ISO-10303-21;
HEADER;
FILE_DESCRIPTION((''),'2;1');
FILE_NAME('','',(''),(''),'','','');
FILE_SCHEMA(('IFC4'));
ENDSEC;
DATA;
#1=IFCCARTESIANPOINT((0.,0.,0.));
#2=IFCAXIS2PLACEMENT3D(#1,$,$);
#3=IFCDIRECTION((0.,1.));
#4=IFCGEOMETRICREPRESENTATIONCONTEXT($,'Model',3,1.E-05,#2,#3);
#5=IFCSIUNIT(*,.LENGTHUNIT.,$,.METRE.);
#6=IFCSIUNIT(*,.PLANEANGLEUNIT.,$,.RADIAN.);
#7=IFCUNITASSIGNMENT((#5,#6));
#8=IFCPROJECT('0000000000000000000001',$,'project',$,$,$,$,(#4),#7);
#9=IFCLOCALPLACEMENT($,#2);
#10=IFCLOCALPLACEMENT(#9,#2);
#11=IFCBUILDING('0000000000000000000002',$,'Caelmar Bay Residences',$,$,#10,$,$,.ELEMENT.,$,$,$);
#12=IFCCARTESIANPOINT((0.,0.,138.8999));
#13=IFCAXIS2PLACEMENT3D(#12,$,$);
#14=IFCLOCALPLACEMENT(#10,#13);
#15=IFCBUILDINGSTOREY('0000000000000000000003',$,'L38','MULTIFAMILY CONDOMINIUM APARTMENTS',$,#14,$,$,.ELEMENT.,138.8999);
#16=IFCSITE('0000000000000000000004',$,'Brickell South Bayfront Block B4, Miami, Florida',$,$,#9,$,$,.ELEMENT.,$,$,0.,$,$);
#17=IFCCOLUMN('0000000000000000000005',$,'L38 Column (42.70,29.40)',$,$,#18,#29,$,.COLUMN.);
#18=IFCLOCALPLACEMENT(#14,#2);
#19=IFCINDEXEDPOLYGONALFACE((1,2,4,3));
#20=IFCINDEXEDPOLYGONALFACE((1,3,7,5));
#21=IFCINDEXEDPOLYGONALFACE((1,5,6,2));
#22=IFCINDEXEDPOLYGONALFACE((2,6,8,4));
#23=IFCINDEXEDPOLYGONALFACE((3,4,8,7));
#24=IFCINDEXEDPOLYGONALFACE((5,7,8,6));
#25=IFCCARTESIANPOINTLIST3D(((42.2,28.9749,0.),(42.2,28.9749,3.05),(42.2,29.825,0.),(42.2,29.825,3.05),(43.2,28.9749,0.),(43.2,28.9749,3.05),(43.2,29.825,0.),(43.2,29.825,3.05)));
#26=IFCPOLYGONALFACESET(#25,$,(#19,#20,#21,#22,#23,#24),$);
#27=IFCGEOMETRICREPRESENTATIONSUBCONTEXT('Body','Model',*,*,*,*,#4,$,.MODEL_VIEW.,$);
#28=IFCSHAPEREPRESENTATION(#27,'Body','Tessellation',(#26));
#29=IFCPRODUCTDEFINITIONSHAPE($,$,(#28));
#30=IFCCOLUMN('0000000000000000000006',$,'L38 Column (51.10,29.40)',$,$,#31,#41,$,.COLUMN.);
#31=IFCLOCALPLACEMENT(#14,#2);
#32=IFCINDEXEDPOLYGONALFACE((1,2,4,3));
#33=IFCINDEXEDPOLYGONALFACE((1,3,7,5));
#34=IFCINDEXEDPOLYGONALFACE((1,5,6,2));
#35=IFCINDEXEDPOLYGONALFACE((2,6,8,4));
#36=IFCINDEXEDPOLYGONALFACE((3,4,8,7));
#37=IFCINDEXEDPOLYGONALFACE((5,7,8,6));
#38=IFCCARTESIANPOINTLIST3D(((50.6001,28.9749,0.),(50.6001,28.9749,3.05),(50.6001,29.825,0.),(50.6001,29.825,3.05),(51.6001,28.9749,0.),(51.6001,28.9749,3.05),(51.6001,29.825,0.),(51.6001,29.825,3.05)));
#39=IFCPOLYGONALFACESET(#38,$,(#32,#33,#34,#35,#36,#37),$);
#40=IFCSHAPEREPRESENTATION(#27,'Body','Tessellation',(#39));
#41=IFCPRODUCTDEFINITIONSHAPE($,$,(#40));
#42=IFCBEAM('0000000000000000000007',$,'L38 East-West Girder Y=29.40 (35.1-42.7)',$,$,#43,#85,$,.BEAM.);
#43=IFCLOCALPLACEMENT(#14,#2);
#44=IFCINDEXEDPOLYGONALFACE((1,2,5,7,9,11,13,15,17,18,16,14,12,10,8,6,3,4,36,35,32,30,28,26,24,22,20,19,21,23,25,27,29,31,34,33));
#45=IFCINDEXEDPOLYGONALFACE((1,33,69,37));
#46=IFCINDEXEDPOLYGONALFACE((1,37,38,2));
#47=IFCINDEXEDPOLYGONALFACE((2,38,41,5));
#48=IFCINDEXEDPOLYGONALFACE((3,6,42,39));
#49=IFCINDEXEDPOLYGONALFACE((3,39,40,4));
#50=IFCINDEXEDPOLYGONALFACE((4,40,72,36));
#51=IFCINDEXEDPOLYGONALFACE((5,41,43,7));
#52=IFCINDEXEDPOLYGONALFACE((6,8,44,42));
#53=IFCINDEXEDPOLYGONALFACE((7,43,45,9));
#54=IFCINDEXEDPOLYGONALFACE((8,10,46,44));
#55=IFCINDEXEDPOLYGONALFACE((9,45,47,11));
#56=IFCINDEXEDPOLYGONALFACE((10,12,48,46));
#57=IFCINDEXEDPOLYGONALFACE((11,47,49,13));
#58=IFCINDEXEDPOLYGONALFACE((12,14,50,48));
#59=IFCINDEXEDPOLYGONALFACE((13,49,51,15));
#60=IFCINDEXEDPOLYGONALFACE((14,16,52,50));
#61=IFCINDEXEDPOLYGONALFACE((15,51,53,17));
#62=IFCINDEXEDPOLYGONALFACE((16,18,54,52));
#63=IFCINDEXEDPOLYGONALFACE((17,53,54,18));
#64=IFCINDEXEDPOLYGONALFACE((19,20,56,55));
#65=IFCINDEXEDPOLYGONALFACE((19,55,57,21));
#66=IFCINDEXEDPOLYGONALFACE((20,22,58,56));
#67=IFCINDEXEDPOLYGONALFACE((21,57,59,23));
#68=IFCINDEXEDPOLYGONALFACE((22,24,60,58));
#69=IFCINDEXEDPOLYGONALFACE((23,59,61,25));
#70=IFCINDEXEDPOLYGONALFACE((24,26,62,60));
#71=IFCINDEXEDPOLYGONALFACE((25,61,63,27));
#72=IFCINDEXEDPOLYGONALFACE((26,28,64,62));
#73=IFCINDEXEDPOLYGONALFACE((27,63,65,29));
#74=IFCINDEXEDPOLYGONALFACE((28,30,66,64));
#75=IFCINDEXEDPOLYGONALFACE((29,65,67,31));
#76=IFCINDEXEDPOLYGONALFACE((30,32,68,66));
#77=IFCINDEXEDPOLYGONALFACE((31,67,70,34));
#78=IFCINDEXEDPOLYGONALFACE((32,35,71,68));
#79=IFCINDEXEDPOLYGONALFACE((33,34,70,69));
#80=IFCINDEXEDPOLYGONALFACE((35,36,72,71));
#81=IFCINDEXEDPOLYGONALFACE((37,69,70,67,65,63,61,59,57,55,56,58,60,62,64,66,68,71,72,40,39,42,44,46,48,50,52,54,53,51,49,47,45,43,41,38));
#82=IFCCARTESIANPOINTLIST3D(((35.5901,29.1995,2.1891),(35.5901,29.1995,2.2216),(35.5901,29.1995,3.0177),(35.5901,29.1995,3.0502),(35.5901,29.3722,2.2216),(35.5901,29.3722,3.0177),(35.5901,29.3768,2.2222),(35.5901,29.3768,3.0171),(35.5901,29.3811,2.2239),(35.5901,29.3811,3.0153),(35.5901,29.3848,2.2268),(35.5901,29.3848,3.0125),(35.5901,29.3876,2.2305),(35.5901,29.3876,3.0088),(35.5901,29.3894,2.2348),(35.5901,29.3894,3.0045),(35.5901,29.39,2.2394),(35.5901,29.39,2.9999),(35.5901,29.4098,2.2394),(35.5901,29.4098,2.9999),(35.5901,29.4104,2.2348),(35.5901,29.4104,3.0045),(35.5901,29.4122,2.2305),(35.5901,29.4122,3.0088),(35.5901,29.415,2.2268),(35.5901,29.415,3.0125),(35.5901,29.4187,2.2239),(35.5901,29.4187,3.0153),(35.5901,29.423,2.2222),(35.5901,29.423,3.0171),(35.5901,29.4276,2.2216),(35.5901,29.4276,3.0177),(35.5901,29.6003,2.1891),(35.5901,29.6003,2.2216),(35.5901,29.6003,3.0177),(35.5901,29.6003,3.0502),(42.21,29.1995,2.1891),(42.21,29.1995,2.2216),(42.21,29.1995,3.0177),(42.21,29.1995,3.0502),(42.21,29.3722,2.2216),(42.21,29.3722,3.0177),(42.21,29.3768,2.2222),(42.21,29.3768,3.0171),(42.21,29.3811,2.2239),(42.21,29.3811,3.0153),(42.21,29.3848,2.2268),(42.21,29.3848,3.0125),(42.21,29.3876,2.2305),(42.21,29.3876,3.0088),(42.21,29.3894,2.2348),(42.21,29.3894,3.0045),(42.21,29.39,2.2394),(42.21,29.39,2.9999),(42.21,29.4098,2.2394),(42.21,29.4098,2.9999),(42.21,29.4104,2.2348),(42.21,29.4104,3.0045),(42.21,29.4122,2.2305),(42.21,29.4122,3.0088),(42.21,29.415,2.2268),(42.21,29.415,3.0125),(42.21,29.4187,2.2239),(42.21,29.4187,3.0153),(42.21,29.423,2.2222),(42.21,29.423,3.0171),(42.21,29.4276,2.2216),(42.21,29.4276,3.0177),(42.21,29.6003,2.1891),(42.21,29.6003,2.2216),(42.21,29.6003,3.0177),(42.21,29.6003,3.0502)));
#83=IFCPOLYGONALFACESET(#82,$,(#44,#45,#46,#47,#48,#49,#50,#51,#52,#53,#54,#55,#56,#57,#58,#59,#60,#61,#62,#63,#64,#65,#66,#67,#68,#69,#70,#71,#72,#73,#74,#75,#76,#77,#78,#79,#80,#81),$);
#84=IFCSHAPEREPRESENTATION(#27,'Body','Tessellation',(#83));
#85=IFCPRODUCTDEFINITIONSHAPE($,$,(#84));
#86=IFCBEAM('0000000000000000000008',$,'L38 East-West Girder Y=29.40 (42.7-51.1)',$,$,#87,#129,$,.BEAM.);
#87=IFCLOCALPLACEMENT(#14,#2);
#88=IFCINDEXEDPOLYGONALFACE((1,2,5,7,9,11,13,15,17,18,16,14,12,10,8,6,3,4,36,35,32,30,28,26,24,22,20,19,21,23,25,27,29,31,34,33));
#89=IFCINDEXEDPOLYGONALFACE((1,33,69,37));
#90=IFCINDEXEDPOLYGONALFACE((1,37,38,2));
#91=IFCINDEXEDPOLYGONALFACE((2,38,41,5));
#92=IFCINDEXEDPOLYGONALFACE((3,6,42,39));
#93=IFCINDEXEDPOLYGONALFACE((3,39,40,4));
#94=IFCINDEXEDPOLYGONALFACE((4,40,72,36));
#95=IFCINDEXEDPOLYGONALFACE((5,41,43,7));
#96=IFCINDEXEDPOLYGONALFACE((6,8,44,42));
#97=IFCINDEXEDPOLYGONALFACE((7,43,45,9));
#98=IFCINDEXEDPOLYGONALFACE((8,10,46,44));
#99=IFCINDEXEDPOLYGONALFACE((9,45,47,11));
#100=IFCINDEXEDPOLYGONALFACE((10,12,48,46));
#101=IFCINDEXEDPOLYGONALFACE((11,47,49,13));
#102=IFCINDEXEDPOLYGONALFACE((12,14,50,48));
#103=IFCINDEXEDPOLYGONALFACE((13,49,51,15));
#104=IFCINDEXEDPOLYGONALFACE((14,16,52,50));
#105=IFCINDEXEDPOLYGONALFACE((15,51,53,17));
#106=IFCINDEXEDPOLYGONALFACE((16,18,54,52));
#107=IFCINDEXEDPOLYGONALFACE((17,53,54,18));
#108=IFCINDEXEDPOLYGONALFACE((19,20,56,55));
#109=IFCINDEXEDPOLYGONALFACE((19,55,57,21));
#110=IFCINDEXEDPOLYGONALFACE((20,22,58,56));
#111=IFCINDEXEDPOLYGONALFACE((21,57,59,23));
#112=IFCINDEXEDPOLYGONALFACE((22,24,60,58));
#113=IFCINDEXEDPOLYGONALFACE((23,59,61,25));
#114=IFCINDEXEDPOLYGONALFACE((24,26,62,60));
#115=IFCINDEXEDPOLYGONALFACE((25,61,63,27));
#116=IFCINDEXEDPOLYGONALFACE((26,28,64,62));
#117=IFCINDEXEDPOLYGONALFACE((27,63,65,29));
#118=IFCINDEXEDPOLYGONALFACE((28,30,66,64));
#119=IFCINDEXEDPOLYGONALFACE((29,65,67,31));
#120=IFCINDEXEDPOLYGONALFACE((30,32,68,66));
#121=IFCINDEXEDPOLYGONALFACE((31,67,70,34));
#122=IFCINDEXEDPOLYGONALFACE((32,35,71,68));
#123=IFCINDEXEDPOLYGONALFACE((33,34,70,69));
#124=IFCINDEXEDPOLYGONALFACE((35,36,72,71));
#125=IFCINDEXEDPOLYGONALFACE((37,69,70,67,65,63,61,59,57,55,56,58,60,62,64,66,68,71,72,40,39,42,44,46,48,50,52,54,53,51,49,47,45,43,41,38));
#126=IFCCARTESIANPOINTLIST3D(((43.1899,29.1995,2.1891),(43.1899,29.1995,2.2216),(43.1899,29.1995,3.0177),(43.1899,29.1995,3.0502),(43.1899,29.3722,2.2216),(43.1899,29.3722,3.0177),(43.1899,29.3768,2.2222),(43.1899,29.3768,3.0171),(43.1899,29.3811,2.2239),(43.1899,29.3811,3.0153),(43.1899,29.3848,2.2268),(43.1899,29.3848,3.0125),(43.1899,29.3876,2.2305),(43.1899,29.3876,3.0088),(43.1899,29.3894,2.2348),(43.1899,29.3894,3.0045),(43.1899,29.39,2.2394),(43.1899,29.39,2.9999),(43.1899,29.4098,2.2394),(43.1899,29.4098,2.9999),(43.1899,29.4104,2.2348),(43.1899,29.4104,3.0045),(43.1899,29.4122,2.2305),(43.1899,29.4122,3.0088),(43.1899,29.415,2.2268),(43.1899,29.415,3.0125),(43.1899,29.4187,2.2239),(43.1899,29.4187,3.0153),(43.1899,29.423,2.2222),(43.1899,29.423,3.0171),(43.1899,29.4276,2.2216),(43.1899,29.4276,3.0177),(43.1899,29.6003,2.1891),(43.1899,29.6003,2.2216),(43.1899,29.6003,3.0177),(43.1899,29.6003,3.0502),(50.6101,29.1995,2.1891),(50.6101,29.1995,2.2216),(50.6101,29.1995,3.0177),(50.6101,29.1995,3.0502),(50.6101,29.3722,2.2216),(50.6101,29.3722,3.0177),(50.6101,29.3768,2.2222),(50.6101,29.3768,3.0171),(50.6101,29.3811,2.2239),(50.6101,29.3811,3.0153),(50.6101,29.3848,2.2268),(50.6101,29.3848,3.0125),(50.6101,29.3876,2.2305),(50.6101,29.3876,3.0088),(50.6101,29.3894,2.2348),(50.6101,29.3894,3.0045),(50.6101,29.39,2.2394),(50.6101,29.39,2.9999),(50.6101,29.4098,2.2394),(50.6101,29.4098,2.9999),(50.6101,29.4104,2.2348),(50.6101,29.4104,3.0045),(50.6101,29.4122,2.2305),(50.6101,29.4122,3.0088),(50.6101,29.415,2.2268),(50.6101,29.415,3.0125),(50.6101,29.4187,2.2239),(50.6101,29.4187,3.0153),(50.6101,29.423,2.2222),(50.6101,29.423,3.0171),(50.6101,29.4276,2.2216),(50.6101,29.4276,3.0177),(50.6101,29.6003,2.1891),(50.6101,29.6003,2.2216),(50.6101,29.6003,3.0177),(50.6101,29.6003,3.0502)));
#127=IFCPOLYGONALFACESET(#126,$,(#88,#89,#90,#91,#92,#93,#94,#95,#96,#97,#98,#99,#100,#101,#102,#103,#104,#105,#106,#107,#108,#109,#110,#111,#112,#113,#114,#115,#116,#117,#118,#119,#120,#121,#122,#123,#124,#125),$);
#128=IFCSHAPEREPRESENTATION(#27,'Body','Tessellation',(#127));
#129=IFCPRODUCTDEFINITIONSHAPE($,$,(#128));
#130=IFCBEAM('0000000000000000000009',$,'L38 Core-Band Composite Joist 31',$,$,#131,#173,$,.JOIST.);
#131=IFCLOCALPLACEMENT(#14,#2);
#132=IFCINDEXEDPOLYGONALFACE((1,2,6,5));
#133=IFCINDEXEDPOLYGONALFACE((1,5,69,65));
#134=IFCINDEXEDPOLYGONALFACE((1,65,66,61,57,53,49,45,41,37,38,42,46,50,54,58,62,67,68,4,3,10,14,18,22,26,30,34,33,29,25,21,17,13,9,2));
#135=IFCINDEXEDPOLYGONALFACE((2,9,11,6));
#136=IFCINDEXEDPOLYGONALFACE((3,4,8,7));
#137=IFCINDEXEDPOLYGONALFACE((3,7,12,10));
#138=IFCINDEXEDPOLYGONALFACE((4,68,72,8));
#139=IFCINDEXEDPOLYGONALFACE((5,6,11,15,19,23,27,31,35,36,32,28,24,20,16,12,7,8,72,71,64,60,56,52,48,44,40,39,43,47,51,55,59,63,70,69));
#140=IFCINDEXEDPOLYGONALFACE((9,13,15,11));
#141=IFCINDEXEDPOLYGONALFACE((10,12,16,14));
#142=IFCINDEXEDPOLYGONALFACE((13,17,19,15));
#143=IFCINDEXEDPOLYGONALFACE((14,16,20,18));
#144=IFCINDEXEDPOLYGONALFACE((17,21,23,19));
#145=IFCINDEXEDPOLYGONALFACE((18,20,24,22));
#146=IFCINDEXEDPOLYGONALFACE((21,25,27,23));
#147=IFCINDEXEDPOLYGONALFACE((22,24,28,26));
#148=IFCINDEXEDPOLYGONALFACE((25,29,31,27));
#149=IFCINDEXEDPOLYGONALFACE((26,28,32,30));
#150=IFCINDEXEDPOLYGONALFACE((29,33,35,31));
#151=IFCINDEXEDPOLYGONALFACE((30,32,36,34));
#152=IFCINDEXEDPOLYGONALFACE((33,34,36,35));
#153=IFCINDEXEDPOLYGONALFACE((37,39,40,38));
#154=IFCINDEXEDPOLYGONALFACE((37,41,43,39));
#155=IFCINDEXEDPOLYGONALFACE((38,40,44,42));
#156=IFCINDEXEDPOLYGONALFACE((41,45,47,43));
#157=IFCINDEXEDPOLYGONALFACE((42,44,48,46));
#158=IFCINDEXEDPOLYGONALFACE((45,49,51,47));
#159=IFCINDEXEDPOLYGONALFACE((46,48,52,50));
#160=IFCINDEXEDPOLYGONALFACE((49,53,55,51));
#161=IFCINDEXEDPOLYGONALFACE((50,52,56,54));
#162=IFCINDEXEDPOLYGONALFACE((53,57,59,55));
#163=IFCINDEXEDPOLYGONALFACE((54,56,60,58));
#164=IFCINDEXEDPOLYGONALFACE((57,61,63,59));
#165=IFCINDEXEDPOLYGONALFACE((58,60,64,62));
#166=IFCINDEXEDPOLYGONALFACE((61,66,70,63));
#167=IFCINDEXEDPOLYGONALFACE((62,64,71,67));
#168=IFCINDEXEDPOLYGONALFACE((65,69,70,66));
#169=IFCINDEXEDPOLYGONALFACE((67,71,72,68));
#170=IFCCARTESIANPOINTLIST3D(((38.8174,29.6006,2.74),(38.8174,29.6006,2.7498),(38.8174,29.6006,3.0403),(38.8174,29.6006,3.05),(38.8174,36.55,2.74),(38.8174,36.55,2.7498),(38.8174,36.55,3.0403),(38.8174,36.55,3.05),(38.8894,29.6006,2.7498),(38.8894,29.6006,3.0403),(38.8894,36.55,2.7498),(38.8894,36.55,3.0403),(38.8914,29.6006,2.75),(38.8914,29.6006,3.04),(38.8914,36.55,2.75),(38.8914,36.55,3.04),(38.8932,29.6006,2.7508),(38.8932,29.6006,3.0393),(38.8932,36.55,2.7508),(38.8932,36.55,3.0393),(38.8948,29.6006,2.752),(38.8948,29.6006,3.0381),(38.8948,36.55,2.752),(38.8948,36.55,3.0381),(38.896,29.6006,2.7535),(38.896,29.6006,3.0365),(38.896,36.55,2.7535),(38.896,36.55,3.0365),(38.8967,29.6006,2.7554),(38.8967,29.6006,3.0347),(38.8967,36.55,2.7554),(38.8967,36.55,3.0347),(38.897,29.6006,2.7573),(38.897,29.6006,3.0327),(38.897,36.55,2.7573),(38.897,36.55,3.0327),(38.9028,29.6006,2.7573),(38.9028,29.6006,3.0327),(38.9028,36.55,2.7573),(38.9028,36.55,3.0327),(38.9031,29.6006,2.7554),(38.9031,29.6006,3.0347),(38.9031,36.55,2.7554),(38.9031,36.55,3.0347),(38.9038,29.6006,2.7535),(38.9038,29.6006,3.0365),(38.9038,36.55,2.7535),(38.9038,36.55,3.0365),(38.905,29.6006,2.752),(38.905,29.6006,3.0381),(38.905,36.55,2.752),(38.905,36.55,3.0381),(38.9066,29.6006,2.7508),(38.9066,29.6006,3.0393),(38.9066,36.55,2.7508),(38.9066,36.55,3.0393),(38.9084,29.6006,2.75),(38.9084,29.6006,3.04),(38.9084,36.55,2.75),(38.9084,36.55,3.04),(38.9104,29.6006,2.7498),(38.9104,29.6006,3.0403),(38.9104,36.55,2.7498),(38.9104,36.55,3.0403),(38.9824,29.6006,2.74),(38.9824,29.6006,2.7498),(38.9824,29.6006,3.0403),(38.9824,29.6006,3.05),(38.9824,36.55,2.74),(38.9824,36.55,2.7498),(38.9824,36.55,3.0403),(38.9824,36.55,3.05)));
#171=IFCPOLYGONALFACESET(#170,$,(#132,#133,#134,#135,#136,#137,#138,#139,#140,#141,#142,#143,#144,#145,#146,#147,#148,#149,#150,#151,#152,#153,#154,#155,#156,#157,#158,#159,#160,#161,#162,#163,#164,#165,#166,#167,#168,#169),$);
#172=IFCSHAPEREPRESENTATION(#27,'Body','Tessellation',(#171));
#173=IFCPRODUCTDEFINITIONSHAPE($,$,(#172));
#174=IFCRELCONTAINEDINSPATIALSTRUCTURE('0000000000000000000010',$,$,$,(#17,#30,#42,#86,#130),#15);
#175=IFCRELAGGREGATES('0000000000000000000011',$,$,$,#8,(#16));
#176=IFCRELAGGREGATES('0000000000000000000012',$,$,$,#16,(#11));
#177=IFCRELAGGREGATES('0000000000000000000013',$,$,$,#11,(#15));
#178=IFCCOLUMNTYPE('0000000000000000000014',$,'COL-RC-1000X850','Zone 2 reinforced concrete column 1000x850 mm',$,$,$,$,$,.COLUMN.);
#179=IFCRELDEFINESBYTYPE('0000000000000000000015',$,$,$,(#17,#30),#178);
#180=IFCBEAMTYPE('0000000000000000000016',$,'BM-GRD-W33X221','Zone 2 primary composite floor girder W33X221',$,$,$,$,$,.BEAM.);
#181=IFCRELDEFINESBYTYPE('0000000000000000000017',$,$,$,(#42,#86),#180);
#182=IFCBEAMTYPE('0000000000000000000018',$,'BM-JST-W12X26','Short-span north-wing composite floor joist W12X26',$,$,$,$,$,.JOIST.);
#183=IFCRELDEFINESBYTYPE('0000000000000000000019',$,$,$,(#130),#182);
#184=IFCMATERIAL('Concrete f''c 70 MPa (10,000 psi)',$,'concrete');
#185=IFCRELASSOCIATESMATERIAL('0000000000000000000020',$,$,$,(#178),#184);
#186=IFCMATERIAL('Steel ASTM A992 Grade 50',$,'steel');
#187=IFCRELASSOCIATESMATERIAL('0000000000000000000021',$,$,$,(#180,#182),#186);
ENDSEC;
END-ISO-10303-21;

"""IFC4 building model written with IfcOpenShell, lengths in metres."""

from ifc_helpers import new_model, si_unit, direction, frame, origin, origin_2d, place, context, subcontext, project, spatial, rectangle, i_section, extrude, material, material_profile, profile_set, type_object, element, save


model = new_model("IFC4")

# Units and contexts
model_context = context("Model", 3, precision=1e-05, world=origin(), true_north=direction((0.0, 1.0)))
body_context = subcontext(model_context, "Body", "Model", "MODEL_VIEW")
ifc_project = project(units=[si_unit("LENGTHUNIT", "METRE"), si_unit("PLANEANGLEUNIT", "RADIAN")], contexts=[model_context])

# Site, building, storey
site_placement = place(None, origin())
site = spatial("IfcSite", under=ifc_project, at=site_placement, Name="Brickell South Bayfront Block B4, Miami, Florida", CompositionType="ELEMENT", RefElevation=0.0)
building_placement = place(site_placement, origin())
building = spatial("IfcBuilding", under=site, at=building_placement, Name="Caelmar Bay Residences", CompositionType="ELEMENT")
storey_placement = place(building_placement, frame((0.0, 0.0, 138.8999)))
storey = spatial("IfcBuildingStorey", under=building, at=storey_placement, Name="L38", Description="MULTIFAMILY CONDOMINIUM APARTMENTS", CompositionType="ELEMENT", Elevation=138.8999)

# Columns
ifc_material_1 = material(Name="Concrete f'c 70 MPa (10,000 psi)", Category="concrete")
ifc_material_profile_1 = material_profile(ifc_material_1, rectangle(XDim=1.0, YDim=0.8501, at=origin_2d()), Name="RC-COL-1000X850")
ifc_profile_set_1 = profile_set([ifc_material_profile_1], Name="Concrete f'c 70 MPa (10,000 psi)")
column_type = type_object("IfcColumnType", Name="COL-RC-1000X850", Description="Zone 2 reinforced concrete column 1000x850 mm", PredefinedType="COLUMN", material=ifc_profile_set_1)
for number, where, z_axis, x_axis, name in (
    (1, (42.7, 29.3999, 0.0), (0.0, 0.0, 1.0), (1.0, 0.0, 0.0), "L38 Column (42.70,29.40)"),
    (2, (51.1001, 29.3999, 0.0), (0.0, 0.0, 1.0), (1.0, 0.0, 0.0), "L38 Column (51.10,29.40)"),
):
    element("IfcColumn", number, at=place(storey_placement, frame(where, z_axis=z_axis, x_axis=x_axis)), inside=storey, type_object=column_type, Name=name, PredefinedType="COLUMN", context=body_context, shape_type="SweptSolid", body=[
        extrude(rectangle(XDim=1.0, YDim=0.8501, at=origin_2d()), origin(), (0.0, 0.0, 1.0), 3.05),
    ])

# Beams
ifc_material_2 = material(Name="Steel ASTM A992 Grade 50", Category="steel")
ifc_material_profile_2 = material_profile(ifc_material_2, i_section(OverallWidth=0.4009, OverallDepth=0.8611, WebThickness=0.0198, FlangeThickness=0.0325, FilletRadius=0.0178, at=origin_2d()), Name="W33X221")
ifc_profile_set_2 = profile_set([ifc_material_profile_2], Name="Steel ASTM A992 Grade 50")
beam_type_1 = type_object("IfcBeamType", Name="BM-GRD-W33X221", Description="Zone 2 primary composite floor girder W33X221", PredefinedType="BEAM", material=ifc_profile_set_2)
beam_1_placement = place(storey_placement, frame((35.5901, 29.3999, 2.6196), z_axis=(1.0, 0.0, 0.0), x_axis=(0.0, 1.0, 0.0)))
element("IfcBeam", 3, at=beam_1_placement, inside=storey, type_object=beam_type_1, Name="L38 East-West Girder Y=29.40 (35.1-42.7)", PredefinedType="BEAM", context=body_context, shape_type="SweptSolid", body=[
    extrude(i_section(OverallWidth=0.4009, OverallDepth=0.8611, WebThickness=0.0198, FlangeThickness=0.0325, FilletRadius=0.0178, at=origin_2d()), origin(), (0.0, 0.0, 1.0), 6.6199),
])
beam_2_placement = place(storey_placement, frame((43.1899, 29.3999, 2.6196), z_axis=(1.0, 0.0, 0.0), x_axis=(0.0, 1.0, 0.0)))
element("IfcBeam", 4, at=beam_2_placement, inside=storey, type_object=beam_type_1, Name="L38 East-West Girder Y=29.40 (42.7-51.1)", PredefinedType="BEAM", context=body_context, shape_type="SweptSolid", body=[
    extrude(i_section(OverallWidth=0.4009, OverallDepth=0.8611, WebThickness=0.0198, FlangeThickness=0.0325, FilletRadius=0.0178, at=origin_2d()), origin(), (0.0, 0.0, 1.0), 7.4202),
])
ifc_material_profile_3 = material_profile(ifc_material_2, i_section(OverallWidth=0.165, OverallDepth=0.3101, WebThickness=0.0059, FlangeThickness=0.0098, FilletRadius=0.0076, at=origin_2d()), Name="W12X26")
ifc_profile_set_3 = profile_set([ifc_material_profile_3], Name="Steel ASTM A992 Grade 50")
beam_type_2 = type_object("IfcBeamType", Name="BM-JST-W12X26", Description="Short-span north-wing composite floor joist W12X26", PredefinedType="JOIST", material=ifc_profile_set_3)
for number, where, z_axis, x_axis, name in (
    (5, (38.8999, 29.6006, 2.895), (0.0, 1.0, 0.0), (-1.0, 0.0, 0.0), "L38 Core-Band Composite Joist 31"),
):
    element("IfcBeam", number, at=place(storey_placement, frame(where, z_axis=z_axis, x_axis=x_axis)), inside=storey, type_object=beam_type_2, Name=name, PredefinedType="JOIST", context=body_context, shape_type="SweptSolid", body=[
        extrude(i_section(OverallWidth=0.165, OverallDepth=0.3101, WebThickness=0.0059, FlangeThickness=0.0098, FilletRadius=0.0076, at=origin_2d()), origin(), (0.0, 0.0, 1.0), 6.9495),
    ])

save(model, "model.ifc")
